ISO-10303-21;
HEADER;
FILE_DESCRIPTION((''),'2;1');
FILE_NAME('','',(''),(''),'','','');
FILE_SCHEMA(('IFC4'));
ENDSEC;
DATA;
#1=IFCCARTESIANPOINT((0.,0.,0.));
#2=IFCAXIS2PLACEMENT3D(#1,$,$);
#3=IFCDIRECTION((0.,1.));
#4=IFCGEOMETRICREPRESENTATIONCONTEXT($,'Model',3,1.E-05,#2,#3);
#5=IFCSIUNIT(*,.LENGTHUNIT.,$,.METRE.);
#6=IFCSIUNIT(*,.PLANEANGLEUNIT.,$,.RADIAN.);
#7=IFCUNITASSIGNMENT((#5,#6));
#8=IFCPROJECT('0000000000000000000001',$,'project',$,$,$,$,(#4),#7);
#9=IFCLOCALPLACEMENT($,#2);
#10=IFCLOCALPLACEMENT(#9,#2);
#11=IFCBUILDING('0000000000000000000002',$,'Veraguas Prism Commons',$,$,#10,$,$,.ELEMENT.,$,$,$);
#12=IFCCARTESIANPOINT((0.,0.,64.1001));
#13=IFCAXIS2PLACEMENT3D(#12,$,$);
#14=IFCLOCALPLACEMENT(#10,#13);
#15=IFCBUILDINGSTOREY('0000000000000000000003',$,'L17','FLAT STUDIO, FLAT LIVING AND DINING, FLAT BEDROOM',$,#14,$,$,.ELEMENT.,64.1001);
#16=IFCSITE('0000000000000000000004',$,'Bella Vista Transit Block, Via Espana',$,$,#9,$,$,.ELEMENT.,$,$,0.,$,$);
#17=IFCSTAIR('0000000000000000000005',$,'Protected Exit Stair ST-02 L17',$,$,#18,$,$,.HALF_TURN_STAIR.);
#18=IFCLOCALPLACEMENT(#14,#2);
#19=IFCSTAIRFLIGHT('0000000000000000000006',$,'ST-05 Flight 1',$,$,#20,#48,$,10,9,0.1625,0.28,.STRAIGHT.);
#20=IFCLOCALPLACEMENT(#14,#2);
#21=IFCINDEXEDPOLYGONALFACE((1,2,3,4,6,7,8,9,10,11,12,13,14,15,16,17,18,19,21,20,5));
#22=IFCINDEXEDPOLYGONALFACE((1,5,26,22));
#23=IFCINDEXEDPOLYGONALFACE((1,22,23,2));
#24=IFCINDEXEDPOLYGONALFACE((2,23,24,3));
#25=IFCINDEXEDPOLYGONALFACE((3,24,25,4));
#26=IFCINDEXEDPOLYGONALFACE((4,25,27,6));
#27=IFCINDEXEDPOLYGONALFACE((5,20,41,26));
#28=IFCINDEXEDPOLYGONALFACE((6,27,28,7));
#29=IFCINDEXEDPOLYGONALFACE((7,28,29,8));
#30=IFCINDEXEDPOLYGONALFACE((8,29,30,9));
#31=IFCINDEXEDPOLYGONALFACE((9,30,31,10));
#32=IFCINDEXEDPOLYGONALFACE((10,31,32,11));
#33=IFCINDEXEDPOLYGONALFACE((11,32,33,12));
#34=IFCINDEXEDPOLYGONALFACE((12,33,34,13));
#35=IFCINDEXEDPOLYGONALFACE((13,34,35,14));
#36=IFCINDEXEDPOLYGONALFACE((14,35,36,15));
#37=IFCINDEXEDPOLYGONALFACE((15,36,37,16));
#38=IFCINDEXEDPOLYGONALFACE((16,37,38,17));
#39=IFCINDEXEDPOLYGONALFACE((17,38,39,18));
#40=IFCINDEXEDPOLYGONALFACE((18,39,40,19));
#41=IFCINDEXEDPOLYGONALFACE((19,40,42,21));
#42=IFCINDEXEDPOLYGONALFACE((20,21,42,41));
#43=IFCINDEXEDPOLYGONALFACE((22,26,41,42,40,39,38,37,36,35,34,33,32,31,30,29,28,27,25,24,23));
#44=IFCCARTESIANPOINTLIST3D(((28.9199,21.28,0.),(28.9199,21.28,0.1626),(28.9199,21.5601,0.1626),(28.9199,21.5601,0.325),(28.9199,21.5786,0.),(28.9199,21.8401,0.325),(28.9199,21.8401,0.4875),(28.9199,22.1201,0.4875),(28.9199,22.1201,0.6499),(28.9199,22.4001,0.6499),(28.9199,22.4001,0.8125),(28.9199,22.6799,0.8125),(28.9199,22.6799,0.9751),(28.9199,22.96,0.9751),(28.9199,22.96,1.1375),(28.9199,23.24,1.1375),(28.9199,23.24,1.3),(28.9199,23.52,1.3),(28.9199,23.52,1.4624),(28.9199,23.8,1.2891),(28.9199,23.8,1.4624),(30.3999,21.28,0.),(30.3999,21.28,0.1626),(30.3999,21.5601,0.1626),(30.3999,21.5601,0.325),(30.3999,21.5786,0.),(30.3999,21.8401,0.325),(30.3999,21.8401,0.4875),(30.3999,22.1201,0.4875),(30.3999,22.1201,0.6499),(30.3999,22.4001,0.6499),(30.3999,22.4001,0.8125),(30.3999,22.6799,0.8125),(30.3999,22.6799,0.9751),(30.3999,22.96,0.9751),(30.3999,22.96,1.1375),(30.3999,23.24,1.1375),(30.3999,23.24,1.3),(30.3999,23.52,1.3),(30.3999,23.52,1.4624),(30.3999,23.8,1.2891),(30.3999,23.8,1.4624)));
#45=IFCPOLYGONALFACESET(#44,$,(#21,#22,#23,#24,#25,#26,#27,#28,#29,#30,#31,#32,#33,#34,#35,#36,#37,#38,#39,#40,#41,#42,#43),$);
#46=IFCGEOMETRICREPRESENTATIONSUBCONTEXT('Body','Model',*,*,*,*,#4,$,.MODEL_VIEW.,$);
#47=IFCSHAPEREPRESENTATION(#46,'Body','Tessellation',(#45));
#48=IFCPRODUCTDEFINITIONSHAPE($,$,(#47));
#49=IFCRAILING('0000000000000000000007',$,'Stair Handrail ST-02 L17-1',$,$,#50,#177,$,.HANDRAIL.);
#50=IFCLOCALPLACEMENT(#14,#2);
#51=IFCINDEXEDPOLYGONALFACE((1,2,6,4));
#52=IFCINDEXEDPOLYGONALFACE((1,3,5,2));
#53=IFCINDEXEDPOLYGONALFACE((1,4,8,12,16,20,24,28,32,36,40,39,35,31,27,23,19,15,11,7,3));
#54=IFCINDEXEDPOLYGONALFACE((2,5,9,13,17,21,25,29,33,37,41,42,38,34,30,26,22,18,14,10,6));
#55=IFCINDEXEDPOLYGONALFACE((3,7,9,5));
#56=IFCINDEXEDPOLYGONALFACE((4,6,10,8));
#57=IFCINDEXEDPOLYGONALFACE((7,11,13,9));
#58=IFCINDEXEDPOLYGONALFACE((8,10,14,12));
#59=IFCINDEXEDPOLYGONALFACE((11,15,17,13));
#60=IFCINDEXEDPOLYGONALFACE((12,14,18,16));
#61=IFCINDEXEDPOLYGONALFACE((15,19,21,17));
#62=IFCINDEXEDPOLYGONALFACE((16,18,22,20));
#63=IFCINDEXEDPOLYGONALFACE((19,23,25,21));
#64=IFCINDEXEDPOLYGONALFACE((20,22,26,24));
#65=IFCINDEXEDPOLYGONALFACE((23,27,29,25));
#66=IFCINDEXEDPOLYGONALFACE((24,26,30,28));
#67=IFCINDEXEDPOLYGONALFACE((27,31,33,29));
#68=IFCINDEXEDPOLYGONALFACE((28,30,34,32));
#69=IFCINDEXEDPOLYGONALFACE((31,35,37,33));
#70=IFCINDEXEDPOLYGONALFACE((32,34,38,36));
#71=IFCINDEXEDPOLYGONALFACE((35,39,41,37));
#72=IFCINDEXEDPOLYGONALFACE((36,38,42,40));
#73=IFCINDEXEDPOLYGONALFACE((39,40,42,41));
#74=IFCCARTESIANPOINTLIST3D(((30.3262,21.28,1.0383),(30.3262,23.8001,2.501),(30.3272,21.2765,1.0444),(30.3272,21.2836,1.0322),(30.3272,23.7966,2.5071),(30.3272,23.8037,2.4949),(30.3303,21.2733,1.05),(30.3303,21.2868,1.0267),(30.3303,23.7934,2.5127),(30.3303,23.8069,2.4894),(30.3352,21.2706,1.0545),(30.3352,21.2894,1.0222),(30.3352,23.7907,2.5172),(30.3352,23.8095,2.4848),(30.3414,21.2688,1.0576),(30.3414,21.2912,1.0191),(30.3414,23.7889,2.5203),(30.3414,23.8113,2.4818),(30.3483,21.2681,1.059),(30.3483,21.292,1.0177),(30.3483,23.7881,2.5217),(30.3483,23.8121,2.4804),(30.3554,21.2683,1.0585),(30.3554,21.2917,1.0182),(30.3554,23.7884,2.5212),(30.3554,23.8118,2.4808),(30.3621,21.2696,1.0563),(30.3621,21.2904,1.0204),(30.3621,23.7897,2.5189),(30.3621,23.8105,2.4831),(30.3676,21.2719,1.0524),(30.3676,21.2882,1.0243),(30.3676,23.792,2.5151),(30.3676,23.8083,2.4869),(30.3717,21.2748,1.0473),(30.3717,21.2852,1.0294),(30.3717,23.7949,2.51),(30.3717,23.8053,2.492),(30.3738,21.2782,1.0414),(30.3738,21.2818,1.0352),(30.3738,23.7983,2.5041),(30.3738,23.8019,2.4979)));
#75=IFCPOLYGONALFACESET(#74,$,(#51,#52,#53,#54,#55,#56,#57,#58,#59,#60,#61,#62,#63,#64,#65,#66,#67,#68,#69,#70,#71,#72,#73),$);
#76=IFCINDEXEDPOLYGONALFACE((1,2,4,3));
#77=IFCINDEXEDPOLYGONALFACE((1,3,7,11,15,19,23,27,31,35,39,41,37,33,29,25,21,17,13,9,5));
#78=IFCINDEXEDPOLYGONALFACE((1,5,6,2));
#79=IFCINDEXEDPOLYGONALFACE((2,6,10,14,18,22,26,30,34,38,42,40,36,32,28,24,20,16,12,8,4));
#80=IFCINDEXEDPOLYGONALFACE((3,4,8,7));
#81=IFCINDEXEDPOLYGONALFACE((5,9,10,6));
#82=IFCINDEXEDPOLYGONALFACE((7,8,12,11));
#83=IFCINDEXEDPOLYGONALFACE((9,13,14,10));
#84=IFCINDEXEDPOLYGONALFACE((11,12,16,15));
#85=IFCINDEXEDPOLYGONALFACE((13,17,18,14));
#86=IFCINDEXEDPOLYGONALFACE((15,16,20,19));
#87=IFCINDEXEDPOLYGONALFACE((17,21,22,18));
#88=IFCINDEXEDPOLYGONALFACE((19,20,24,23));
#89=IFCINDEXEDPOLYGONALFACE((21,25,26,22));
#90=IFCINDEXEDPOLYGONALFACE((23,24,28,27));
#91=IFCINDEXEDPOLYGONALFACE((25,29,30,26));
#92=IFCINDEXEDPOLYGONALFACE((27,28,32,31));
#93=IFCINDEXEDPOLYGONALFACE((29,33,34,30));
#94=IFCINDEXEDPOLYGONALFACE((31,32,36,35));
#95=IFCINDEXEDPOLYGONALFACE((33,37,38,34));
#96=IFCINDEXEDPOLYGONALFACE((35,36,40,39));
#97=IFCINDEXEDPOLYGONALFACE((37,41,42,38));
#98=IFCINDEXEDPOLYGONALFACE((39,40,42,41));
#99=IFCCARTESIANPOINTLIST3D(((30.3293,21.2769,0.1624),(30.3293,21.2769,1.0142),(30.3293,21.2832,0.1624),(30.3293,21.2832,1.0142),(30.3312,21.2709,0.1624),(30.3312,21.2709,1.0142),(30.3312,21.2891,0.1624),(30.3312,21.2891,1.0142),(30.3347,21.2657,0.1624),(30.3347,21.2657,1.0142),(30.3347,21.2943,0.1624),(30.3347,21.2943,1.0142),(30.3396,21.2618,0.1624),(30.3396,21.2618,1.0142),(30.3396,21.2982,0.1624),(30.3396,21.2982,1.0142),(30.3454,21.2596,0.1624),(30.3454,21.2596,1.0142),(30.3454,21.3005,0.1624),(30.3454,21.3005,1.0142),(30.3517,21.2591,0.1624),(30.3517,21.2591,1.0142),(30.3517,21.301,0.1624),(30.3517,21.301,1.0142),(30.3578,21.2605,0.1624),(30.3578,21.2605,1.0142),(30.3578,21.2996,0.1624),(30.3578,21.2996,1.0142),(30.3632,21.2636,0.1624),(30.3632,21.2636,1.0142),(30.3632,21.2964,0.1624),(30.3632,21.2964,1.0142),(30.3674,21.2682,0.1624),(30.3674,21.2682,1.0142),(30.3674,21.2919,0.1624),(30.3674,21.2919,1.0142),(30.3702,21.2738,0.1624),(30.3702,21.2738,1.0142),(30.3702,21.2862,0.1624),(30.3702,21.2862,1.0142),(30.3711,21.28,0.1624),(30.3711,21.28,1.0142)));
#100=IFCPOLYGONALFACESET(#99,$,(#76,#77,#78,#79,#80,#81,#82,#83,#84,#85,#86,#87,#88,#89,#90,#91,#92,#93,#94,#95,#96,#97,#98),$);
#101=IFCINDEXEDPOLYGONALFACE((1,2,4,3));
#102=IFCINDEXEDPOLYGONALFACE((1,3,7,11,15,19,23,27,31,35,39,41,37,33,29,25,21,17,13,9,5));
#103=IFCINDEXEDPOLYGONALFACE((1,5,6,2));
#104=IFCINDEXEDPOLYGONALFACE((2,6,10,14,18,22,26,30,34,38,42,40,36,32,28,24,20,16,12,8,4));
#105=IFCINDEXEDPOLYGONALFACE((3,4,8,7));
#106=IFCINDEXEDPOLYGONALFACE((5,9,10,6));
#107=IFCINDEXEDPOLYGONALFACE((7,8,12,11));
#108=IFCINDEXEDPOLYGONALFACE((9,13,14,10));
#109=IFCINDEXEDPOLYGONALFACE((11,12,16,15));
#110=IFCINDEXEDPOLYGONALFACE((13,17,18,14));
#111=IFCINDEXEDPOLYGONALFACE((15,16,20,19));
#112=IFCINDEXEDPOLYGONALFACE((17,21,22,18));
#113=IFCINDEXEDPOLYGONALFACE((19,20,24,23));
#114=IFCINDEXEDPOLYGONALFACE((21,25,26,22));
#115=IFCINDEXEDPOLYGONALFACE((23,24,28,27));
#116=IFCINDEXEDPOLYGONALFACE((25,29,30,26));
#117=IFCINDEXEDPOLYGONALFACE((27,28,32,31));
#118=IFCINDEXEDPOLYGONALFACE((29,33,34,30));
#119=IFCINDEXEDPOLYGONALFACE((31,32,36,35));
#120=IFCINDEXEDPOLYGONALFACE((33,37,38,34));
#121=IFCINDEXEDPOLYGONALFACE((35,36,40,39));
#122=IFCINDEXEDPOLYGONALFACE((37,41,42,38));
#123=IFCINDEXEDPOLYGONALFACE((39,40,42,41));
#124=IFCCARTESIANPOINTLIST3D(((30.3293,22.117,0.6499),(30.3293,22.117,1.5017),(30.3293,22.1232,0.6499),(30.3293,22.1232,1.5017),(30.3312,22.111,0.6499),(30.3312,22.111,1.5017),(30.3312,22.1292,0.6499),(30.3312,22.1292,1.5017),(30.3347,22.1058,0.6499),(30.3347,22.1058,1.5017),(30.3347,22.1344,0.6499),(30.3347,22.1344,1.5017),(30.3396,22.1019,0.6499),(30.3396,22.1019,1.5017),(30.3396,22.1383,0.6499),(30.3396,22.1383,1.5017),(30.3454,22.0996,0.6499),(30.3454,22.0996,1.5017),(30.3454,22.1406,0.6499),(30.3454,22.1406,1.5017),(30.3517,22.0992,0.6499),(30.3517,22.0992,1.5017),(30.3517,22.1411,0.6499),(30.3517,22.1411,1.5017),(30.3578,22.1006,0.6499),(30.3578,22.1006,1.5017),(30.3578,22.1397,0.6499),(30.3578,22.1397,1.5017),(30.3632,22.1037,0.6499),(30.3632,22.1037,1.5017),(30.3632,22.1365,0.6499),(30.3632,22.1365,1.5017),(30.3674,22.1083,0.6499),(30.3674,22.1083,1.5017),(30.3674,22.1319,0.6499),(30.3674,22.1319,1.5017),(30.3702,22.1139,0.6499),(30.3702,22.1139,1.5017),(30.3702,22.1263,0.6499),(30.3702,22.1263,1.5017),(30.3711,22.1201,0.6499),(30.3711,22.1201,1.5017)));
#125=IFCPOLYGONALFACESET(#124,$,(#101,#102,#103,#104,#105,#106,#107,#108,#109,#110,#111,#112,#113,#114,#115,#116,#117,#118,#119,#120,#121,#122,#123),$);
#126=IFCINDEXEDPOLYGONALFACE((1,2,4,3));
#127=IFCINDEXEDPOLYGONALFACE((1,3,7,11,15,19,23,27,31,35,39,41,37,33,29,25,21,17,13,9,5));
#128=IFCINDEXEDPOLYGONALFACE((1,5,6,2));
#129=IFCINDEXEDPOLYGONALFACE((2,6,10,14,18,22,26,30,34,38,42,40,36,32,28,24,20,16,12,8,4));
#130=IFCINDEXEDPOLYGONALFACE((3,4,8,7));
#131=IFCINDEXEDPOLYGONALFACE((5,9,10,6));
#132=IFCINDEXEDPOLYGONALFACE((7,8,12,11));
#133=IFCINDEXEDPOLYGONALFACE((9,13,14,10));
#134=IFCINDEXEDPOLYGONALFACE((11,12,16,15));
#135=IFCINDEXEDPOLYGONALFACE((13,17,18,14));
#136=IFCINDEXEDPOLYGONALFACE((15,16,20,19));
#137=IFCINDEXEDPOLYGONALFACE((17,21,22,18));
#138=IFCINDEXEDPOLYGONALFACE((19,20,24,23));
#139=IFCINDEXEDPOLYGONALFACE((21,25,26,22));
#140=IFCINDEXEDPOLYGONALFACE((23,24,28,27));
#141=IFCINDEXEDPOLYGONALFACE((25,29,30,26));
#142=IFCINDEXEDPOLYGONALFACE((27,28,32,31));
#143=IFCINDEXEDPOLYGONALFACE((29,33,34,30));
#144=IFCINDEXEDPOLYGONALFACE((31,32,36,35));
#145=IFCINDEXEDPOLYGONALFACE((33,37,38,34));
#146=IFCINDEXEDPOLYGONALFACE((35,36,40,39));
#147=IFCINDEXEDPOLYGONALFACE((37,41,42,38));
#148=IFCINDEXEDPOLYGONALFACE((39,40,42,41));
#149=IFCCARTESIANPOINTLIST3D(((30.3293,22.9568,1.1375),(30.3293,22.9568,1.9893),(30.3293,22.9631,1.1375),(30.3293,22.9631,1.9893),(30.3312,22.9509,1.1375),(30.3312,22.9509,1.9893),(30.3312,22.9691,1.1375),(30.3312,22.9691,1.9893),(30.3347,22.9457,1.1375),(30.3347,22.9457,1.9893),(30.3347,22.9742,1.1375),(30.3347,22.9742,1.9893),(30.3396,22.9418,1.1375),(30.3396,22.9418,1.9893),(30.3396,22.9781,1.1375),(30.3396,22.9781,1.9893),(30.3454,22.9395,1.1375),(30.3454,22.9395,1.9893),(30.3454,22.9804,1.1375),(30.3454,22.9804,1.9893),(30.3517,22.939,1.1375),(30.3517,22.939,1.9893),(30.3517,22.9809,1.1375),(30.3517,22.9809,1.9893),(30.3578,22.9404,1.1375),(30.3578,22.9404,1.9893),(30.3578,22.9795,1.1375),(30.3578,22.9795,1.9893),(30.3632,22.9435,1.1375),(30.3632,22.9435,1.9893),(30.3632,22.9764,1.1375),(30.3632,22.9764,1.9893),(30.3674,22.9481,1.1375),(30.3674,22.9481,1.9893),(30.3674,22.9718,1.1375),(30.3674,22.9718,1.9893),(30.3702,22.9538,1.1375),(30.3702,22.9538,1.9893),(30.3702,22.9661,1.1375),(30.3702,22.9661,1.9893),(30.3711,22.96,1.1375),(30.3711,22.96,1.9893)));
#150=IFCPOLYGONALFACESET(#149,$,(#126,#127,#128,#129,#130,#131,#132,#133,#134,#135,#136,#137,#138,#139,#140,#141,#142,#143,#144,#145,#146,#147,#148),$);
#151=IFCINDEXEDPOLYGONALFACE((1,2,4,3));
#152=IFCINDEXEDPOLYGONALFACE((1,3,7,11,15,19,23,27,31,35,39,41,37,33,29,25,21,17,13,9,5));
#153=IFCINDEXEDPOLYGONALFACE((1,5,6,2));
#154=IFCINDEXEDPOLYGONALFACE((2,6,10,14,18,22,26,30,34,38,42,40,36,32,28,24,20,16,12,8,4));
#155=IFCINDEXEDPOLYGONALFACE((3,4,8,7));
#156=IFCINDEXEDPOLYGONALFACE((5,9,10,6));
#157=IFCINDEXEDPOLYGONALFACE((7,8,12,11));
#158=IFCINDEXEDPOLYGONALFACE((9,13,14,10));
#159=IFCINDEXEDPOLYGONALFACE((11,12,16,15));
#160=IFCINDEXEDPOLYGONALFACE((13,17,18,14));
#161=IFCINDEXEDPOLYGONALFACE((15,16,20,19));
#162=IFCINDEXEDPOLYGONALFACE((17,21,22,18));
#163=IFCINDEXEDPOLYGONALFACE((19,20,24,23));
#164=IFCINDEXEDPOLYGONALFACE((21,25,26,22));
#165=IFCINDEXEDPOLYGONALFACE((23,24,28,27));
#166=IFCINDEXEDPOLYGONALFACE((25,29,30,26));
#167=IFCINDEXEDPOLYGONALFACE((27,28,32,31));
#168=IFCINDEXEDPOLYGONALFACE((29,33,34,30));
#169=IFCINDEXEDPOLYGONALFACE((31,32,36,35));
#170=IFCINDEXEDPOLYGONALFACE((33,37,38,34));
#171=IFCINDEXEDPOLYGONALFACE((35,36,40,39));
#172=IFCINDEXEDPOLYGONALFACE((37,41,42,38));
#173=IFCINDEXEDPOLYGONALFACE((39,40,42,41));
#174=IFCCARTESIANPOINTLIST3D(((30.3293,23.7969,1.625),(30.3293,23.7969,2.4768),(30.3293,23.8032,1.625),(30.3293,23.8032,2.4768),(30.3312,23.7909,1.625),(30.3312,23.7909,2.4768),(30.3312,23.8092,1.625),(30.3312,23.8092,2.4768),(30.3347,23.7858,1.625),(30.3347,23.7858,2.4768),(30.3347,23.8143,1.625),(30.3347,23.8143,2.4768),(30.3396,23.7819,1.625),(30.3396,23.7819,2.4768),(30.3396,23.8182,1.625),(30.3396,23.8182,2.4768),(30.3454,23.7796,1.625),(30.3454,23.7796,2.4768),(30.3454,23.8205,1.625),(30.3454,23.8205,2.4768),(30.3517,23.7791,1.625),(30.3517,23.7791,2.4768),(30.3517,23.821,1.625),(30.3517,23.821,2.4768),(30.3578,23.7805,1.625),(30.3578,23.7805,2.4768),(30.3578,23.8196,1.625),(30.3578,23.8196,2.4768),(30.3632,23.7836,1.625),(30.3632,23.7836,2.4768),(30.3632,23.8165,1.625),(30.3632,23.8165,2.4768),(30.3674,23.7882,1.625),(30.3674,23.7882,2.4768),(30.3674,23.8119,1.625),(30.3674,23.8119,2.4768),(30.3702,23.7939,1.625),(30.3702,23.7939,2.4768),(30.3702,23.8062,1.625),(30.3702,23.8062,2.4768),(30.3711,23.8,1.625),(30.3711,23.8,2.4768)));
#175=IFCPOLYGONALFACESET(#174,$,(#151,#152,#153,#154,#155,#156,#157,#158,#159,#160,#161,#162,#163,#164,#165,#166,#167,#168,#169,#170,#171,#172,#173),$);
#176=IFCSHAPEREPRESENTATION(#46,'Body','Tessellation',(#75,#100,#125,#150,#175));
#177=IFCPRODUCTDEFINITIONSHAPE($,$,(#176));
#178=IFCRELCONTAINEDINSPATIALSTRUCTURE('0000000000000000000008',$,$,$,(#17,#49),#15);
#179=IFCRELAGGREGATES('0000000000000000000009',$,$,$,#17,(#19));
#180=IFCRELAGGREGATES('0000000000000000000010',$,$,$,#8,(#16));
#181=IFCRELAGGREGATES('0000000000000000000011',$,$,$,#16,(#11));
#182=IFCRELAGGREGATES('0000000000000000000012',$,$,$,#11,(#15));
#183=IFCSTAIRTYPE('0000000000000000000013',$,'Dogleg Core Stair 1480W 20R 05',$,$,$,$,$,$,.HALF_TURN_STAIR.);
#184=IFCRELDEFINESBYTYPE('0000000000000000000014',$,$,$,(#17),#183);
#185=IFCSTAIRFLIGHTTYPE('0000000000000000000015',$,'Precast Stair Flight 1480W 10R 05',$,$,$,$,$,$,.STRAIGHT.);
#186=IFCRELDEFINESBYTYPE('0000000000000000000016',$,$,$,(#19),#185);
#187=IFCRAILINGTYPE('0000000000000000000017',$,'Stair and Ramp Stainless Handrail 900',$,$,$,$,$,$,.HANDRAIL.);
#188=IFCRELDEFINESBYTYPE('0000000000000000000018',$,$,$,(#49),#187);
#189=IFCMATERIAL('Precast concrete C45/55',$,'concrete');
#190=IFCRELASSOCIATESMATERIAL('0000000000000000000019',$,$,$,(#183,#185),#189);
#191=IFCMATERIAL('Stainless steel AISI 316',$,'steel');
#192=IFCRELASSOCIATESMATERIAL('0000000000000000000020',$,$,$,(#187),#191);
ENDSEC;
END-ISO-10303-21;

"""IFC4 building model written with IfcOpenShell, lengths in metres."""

from ifc_helpers import new_model, si_unit, direction, frame, origin, origin_2d, place, context, subcontext, project, spatial, polyline, circle, outline, extrude, material, type_object, element, aggregate, save


model = new_model("IFC4")

# Units and contexts
model_context = context("Model", 3, precision=1e-05, world=origin(), true_north=direction((0.0, 1.0)))
body_context = subcontext(model_context, "Body", "Model", "MODEL_VIEW")
ifc_project = project(units=[si_unit("LENGTHUNIT", "METRE"), si_unit("PLANEANGLEUNIT", "RADIAN")], contexts=[model_context])

# Site, building, storey
site_placement = place(None, origin())
site = spatial("IfcSite", under=ifc_project, at=site_placement, Name="Bella Vista Transit Block, Via Espana", CompositionType="ELEMENT", RefElevation=0.0)
building_placement = place(site_placement, origin())
building = spatial("IfcBuilding", under=site, at=building_placement, Name="Veraguas Prism Commons", CompositionType="ELEMENT")
storey_placement = place(building_placement, frame((0.0, 0.0, 64.1001)))
storey = spatial("IfcBuildingStorey", under=building, at=storey_placement, Name="L17", Description="FLAT STUDIO, FLAT LIVING AND DINING, FLAT BEDROOM", CompositionType="ELEMENT", Elevation=64.1001)

# Shared definitions
ifc_material_1 = material(Name="Stainless steel AISI 316", Category="steel")

# Stair, stair flight
ifc_material_2 = material(Name="Precast concrete C45/55", Category="concrete")
stair_type = type_object("IfcStairType", Name="Dogleg Core Stair 1480W 20R 05", PredefinedType="HALF_TURN_STAIR", material=ifc_material_2)
stair_placement = place(storey_placement, origin())
stair = element("IfcStair", 1, at=stair_placement, inside=storey, type_object=stair_type, Name="Protected Exit Stair ST-02 L17", PredefinedType="HALF_TURN_STAIR")
stair_flight_type = type_object("IfcStairFlightType", Name="Precast Stair Flight 1480W 10R 05", PredefinedType="STRAIGHT", material=ifc_material_2)
stair_flight_placement = place(storey_placement, frame((29.6599, 21.28, 0.0), z_axis=(0.0, 0.0, 1.0), x_axis=(0.0, 1.0, 0.0)))
stair_flight = element("IfcStairFlight", 2, at=stair_flight_placement, type_object=stair_flight_type, Name="ST-05 Flight 1", NumberOfRisers=10, NumberOfTreads=9, PredefinedType="STRAIGHT", RiserHeight=0.1625, TreadLength=0.28, context=body_context, shape_type="SweptSolid", body=[
    extrude(outline(polyline([(0.0, 0.0), (0.0, 0.1626), (0.28, 0.1626), (0.28, 0.325), (0.5601, 0.325), (0.5601, 0.4875), (0.8401, 0.4875), (0.8401, 0.6499), (1.1201, 0.6499), (1.1201, 0.8125), (1.3999, 0.8125), (1.3999, 0.9751), (1.6799, 0.9751), (1.6799, 1.1375), (1.96, 1.1375), (1.96, 1.3), (2.24, 1.3), (2.24, 1.4624), (2.52, 1.4624), (2.52, 1.625), (2.52, 1.2891), (0.2986, 0.0), (0.0, 0.0)])), frame((0.0, 0.74, 0.0), z_axis=(0.0, -1.0, 0.0), x_axis=(1.0, 0.0, 0.0)), (0.0, 0.0, 1.0), 1.48),
])
aggregate(stair, [stair_flight])

# Railing
railing_type_1 = type_object("IfcRailingType", Name="Stair and Ramp Stainless Handrail 900", PredefinedType="HANDRAIL", material=ifc_material_1)
railing_1_placement = place(storey_placement, frame((30.3501, 21.28, 0.1624)))
element("IfcRailing", 3, at=railing_1_placement, inside=storey, type_object=railing_type_1, Name="Stair Handrail ST-02 L17-1", PredefinedType="HANDRAIL", context=body_context, shape_type="SweptSolid", body=[
    extrude(circle(Radius=0.0239, at=origin_2d()), frame((0.0, 0.0, 0.876), z_axis=(0.0, 0.864877, 0.501984), x_axis=(-1.0, 0.0, 0.0)), (0.0, 0.0, 1.0), 2.9138),
    extrude(circle(Radius=0.021, at=origin_2d()), origin(), (0.0, 0.0, 1.0), 0.8518),
    extrude(circle(Radius=0.021, at=origin_2d()), frame((0.0, 0.8401, 0.4875)), (0.0, 0.0, 1.0), 0.8518),
    extrude(circle(Radius=0.021, at=origin_2d()), frame((0.0, 1.6799, 0.9751)), (0.0, 0.0, 1.0), 0.8518),
    extrude(circle(Radius=0.021, at=origin_2d()), frame((0.0, 2.52, 1.4626)), (0.0, 0.0, 1.0), 0.8518),
])

save(model, "model.ifc")
